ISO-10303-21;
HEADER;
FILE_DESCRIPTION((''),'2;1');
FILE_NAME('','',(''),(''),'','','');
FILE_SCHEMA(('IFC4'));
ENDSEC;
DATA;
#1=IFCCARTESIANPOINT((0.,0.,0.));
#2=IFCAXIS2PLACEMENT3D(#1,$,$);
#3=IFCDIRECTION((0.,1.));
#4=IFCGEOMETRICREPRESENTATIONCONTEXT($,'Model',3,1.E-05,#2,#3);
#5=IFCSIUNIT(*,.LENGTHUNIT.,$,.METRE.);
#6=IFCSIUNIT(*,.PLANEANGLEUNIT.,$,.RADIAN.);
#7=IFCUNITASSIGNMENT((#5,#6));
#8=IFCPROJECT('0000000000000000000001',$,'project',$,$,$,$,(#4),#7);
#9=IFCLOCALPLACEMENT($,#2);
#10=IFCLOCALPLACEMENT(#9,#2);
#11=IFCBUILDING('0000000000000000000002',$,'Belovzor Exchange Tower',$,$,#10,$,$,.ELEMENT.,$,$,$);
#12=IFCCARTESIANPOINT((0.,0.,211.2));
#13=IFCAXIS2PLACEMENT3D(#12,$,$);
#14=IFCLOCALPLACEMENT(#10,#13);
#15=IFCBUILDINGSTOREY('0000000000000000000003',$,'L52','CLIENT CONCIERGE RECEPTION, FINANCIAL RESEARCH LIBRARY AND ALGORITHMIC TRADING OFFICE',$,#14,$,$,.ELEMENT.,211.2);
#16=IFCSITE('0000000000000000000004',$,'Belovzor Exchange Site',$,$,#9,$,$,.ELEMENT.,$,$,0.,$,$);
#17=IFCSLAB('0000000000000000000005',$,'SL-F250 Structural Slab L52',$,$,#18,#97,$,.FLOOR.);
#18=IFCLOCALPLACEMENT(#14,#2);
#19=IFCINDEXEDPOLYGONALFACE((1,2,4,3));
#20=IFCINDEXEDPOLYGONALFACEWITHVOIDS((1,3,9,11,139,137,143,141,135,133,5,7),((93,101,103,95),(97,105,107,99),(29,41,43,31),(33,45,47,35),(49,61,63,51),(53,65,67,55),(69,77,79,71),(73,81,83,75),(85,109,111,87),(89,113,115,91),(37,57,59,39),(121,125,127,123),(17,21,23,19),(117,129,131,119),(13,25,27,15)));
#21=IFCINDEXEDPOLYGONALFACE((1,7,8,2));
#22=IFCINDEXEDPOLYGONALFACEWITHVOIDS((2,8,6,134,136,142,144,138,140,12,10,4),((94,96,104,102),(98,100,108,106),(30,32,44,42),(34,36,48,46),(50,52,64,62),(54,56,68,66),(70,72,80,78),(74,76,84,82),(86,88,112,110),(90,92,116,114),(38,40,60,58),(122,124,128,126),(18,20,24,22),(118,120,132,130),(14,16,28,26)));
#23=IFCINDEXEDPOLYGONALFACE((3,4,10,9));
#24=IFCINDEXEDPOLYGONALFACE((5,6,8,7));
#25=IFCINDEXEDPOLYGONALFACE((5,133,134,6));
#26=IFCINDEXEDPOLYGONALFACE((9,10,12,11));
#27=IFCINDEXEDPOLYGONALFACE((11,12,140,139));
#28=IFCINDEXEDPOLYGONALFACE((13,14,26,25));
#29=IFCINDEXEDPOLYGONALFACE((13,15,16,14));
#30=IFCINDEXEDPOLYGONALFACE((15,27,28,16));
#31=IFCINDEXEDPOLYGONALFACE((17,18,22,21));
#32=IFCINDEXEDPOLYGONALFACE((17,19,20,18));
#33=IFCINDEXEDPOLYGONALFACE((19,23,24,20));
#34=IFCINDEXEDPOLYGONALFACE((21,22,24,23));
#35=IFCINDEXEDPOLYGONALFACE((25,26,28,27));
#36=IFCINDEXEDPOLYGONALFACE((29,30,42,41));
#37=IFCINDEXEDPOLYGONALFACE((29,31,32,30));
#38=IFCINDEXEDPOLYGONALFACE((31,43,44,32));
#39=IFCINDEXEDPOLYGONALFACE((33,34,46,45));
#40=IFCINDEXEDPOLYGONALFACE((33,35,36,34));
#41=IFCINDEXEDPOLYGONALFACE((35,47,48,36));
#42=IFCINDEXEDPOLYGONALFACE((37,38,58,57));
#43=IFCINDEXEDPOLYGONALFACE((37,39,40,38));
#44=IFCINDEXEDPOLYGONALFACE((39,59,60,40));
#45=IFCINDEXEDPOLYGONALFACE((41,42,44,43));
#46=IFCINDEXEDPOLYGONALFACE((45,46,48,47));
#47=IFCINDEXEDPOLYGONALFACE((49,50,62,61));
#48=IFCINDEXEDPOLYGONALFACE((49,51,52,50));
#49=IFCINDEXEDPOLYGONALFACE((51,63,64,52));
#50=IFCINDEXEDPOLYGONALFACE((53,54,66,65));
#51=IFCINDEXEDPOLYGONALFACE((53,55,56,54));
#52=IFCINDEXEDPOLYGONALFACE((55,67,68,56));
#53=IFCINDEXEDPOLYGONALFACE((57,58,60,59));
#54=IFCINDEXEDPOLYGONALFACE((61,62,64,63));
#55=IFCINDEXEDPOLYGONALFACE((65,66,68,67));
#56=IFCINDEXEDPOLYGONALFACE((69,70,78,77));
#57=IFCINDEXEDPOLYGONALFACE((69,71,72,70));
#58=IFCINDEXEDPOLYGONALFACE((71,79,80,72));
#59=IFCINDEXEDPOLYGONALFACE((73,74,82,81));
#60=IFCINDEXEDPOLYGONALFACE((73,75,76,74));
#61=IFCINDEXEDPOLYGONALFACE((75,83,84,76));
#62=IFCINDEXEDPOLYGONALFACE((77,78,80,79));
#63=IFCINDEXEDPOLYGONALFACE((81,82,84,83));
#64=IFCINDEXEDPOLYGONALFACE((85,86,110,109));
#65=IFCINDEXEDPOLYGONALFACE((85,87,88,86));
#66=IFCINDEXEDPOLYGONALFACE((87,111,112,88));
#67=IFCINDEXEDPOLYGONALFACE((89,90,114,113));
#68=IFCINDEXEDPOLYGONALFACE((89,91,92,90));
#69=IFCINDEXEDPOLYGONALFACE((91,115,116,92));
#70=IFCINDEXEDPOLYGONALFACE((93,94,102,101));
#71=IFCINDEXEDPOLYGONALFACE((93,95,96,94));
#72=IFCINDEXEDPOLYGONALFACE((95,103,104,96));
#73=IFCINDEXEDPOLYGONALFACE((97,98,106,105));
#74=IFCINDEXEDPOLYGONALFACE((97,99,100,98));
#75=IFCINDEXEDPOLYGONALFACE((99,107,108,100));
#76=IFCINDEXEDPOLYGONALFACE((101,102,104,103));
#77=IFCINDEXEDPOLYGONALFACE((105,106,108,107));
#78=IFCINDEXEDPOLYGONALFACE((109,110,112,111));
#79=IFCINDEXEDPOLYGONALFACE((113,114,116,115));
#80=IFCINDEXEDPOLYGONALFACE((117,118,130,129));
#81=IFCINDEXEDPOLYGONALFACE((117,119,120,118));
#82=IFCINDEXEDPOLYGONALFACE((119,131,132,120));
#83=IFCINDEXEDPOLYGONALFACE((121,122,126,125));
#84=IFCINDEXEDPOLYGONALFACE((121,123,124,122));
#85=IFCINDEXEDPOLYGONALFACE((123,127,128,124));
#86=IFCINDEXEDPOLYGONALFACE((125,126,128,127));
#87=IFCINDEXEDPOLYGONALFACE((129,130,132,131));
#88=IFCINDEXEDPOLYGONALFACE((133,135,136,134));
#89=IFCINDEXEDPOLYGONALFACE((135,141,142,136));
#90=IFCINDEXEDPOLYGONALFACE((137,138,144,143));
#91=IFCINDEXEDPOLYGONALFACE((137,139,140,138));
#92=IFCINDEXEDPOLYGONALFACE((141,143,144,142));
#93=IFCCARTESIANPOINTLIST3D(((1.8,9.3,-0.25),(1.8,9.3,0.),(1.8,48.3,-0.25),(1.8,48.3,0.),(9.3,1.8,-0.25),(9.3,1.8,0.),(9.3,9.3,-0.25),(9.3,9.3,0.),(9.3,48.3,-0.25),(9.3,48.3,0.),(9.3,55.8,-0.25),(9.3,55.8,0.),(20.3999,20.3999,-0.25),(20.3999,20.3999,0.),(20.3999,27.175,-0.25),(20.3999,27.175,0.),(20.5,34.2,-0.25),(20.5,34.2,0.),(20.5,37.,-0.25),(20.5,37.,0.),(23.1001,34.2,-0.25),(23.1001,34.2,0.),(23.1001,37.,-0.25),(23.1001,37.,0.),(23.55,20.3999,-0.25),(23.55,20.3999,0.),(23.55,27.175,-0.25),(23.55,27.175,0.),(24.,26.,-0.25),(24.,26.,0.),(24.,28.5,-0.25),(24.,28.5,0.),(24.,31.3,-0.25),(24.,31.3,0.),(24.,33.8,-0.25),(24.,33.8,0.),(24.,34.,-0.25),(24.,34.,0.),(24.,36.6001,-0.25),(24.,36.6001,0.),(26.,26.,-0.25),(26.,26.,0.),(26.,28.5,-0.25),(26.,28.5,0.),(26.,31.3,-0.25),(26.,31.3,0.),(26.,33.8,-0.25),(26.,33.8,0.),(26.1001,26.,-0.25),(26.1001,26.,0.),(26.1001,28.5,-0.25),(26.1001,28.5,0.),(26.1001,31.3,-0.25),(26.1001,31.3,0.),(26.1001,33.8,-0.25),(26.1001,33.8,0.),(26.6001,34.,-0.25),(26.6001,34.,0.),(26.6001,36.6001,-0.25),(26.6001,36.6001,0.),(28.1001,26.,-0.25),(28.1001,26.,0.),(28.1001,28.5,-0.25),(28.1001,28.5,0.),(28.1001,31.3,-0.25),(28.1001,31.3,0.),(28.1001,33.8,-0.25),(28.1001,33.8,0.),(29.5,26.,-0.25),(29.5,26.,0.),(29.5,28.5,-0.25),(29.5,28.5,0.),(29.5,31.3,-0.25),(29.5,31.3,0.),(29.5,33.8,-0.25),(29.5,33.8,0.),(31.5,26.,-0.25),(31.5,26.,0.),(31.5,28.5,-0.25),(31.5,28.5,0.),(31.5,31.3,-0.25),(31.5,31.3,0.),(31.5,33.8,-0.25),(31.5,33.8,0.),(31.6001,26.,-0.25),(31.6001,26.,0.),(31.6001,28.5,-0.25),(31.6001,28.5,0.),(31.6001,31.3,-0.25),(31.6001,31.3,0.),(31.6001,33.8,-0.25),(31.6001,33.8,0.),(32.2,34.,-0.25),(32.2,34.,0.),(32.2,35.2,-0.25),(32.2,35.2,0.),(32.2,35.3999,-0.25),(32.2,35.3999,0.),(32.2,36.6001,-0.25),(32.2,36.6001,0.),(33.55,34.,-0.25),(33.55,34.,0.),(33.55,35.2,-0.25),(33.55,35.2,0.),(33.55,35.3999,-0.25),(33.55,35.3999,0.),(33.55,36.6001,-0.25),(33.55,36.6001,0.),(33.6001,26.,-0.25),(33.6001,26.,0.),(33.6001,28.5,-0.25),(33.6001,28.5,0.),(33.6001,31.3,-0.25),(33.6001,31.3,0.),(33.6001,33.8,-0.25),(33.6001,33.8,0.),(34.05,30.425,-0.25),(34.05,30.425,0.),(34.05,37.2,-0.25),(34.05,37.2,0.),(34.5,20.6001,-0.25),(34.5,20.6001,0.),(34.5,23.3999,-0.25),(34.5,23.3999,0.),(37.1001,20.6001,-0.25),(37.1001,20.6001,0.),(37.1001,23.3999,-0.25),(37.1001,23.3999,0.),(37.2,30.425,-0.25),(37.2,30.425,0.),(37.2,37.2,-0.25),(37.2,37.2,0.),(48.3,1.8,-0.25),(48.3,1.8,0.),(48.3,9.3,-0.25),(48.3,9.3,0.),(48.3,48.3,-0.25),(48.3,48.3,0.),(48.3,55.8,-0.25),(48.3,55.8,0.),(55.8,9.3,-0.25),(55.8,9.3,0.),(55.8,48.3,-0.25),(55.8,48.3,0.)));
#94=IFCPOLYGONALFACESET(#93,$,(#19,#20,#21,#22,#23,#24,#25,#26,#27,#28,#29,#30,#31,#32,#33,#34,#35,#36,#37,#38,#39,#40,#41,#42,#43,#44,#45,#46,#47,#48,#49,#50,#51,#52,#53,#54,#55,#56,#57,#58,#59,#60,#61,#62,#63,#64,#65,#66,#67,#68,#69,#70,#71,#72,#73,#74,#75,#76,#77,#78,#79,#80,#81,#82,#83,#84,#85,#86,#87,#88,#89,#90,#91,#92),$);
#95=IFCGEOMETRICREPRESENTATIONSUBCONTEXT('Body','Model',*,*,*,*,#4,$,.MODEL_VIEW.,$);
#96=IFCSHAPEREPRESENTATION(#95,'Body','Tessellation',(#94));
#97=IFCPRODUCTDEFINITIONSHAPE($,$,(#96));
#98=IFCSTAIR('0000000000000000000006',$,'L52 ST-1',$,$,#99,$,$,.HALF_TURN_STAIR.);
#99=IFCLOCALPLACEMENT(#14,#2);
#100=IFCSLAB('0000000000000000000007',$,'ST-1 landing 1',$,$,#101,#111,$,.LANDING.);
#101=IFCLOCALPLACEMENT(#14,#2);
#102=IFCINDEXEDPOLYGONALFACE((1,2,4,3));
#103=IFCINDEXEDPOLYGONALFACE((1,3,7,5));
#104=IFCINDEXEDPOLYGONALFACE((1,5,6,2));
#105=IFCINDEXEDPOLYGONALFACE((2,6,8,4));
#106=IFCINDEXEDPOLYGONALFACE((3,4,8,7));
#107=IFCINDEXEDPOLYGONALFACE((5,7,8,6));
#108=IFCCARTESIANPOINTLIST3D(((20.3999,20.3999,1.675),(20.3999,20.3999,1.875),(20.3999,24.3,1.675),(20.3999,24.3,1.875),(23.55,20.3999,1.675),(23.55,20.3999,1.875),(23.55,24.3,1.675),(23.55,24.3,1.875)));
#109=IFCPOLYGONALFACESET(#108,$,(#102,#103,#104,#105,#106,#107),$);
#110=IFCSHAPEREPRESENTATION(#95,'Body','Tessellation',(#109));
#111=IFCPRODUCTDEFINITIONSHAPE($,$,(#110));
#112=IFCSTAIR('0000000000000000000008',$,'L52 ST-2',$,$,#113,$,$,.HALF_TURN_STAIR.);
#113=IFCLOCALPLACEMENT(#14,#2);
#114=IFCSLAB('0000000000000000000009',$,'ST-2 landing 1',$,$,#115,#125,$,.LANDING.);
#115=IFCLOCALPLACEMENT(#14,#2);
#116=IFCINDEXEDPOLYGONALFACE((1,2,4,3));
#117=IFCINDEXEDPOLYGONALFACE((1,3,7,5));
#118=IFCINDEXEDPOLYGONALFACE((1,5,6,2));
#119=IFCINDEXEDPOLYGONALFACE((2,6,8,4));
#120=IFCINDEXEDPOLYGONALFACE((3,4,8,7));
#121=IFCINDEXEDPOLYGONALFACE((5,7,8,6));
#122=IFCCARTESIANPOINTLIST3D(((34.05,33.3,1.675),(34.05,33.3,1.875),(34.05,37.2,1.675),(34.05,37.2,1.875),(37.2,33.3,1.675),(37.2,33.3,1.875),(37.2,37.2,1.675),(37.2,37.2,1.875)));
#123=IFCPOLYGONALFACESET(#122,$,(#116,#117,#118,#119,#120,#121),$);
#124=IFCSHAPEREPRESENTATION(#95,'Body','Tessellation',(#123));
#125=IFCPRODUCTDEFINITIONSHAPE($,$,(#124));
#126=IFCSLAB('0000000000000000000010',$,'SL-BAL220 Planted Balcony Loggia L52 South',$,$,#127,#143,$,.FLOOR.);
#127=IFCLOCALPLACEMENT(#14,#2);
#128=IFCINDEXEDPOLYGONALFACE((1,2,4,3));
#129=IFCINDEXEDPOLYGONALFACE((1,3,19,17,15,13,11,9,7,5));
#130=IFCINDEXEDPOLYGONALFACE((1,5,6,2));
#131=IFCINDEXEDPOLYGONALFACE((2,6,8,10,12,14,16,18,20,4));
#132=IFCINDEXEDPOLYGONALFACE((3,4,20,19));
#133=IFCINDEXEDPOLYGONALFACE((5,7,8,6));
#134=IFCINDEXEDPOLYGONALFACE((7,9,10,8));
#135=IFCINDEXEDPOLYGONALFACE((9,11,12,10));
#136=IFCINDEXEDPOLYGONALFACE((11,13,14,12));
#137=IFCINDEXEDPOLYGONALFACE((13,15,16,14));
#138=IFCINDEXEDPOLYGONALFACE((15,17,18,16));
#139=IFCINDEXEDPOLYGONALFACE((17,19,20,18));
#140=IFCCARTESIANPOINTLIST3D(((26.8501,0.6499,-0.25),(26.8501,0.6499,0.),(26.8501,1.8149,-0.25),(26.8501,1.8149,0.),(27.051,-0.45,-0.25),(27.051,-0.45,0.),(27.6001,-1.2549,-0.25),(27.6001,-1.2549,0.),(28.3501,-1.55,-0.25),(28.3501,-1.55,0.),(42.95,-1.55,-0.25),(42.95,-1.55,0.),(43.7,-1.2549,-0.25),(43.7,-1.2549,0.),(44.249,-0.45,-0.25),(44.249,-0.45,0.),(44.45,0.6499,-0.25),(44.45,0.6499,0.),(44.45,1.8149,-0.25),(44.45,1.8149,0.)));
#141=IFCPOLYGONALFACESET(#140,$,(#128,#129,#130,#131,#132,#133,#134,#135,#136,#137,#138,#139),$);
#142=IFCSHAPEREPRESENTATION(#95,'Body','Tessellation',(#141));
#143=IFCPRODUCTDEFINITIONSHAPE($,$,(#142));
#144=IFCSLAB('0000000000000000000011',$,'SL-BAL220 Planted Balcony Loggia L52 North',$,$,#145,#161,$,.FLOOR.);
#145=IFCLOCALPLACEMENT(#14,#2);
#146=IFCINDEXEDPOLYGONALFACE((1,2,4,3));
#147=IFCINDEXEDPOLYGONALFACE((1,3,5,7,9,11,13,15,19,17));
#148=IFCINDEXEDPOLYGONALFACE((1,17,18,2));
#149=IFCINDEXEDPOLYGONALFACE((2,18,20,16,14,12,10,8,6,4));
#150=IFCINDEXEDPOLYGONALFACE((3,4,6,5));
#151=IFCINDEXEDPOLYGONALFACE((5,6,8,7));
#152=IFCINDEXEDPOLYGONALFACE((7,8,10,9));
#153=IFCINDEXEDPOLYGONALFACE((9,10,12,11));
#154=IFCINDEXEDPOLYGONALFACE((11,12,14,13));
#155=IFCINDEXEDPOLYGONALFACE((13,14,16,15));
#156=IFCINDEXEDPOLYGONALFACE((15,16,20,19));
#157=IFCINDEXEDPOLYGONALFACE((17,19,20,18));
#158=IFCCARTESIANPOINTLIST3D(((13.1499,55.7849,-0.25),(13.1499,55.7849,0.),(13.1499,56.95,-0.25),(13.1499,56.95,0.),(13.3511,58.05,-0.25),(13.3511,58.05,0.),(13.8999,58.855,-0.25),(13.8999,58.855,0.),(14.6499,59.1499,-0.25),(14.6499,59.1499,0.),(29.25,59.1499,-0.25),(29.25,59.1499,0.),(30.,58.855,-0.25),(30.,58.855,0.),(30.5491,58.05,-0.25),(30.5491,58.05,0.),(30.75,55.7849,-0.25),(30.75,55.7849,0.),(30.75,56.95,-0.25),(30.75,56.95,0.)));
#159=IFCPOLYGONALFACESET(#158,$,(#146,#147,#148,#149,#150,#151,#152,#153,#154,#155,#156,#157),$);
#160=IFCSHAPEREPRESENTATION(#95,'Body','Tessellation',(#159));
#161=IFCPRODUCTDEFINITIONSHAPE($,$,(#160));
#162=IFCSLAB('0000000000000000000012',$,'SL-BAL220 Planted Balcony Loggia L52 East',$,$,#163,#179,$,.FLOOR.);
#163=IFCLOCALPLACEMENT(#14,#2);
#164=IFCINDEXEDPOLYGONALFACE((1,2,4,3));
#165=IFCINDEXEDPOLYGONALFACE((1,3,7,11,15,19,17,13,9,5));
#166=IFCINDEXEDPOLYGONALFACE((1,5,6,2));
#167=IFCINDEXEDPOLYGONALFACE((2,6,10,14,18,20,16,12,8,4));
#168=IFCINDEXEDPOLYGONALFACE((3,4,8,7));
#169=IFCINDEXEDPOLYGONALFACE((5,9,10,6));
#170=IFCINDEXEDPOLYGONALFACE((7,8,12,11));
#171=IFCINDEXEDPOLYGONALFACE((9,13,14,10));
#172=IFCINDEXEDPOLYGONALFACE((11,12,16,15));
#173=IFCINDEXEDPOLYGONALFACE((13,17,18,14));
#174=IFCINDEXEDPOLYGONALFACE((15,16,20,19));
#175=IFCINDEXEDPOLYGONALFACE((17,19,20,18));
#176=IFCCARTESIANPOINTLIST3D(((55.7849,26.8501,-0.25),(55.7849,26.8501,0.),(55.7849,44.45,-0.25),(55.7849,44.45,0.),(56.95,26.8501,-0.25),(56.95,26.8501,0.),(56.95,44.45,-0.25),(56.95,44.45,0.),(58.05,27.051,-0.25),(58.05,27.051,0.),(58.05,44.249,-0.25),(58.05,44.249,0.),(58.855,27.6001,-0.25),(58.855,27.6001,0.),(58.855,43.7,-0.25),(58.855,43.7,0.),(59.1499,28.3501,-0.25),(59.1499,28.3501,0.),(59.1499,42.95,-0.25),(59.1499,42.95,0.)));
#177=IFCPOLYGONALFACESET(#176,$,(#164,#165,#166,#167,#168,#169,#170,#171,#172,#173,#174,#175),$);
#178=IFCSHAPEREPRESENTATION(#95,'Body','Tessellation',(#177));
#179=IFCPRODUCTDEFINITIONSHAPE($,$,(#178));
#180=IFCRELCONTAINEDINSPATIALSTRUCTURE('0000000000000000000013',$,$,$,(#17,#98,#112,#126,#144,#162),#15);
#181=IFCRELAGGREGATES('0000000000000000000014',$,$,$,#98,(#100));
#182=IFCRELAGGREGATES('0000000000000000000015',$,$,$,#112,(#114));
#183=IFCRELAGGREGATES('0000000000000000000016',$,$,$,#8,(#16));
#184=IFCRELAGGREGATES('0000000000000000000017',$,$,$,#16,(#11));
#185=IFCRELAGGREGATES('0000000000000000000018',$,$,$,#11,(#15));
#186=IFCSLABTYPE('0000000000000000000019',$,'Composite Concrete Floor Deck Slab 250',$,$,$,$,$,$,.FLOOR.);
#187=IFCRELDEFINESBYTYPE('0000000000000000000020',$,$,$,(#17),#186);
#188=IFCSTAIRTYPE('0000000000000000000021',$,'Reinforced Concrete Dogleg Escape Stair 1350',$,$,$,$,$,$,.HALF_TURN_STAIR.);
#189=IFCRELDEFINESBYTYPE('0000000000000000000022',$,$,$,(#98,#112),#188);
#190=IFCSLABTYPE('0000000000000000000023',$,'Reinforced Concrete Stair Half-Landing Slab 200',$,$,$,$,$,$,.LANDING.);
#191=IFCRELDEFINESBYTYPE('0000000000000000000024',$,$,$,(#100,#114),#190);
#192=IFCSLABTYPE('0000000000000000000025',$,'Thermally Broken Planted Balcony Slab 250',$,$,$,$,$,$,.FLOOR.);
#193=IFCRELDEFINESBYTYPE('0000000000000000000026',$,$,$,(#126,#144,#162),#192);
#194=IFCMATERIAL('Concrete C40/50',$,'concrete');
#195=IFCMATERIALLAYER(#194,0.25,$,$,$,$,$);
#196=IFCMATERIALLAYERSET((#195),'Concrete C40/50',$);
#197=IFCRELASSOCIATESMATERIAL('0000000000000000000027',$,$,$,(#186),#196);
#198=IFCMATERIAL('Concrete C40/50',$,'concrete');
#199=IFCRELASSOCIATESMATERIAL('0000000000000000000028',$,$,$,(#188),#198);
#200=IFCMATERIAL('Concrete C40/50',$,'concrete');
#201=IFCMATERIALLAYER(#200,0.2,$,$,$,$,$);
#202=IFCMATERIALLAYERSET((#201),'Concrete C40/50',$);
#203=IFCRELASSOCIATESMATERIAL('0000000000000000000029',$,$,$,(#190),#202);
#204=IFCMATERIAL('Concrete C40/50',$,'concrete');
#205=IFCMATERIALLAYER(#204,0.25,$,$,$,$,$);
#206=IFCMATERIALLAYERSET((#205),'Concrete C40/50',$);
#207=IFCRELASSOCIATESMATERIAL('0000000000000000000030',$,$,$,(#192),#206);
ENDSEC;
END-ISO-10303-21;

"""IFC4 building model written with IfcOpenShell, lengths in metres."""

from ifc_helpers import new_model, si_unit, direction, frame, origin, place, context, subcontext, project, spatial, polyline, outline, extrude, material, layer, layer_set, type_object, element, aggregate, save


model = new_model("IFC4")

# Units and contexts
model_context = context("Model", 3, precision=1e-05, world=origin(), true_north=direction((0.0, 1.0)))
body_context = subcontext(model_context, "Body", "Model", "MODEL_VIEW")
ifc_project = project(units=[si_unit("LENGTHUNIT", "METRE"), si_unit("PLANEANGLEUNIT", "RADIAN")], contexts=[model_context])

# Site, building, storey
site_placement = place(None, origin())
site = spatial("IfcSite", under=ifc_project, at=site_placement, Name="Belovzor Exchange Site", CompositionType="ELEMENT", RefElevation=0.0)
building_placement = place(site_placement, origin())
building = spatial("IfcBuilding", under=site, at=building_placement, Name="Belovzor Exchange Tower", CompositionType="ELEMENT")
storey_placement = place(building_placement, frame((0.0, 0.0, 211.2)))
storey = spatial("IfcBuildingStorey", under=building, at=storey_placement, Name="L52", Description="CLIENT CONCIERGE RECEPTION, FINANCIAL RESEARCH LIBRARY AND ALGORITHMIC TRADING OFFICE", CompositionType="ELEMENT", Elevation=211.2)

# Slab
ifc_material_1 = material(Name="Concrete C40/50", Category="concrete")
ifc_layer_1 = layer(ifc_material_1, 0.25)
ifc_layer_set_1 = layer_set([ifc_layer_1], Name="Concrete C40/50")
slab_type_1 = type_object("IfcSlabType", Name="Composite Concrete Floor Deck Slab 250", PredefinedType="FLOOR", material=ifc_layer_set_1)
slab_1_placement = place(storey_placement, frame((0.0, 0.0, -0.25)))
element("IfcSlab", 1, at=slab_1_placement, inside=storey, type_object=slab_type_1, Name="SL-F250 Structural Slab L52", PredefinedType="FLOOR", context=body_context, shape_type="SweptSolid", body=[
    extrude(outline(polyline([(9.3, 1.8), (48.3, 1.8), (48.3, 9.3), (55.8, 9.3), (55.8, 48.3), (48.3, 48.3), (48.3, 55.8), (9.3, 55.8), (9.3, 48.3), (1.8, 48.3), (1.8, 9.3), (9.3, 9.3), (9.3, 1.8)]), holes=[polyline([(20.3999, 27.175), (20.3999, 20.3999), (23.55, 20.3999), (23.55, 27.175), (20.3999, 27.175)]), polyline([(37.2, 30.425), (37.2, 37.2), (34.05, 37.2), (34.05, 30.425), (37.2, 30.425)]), polyline([(20.5, 34.2), (23.1001, 34.2), (23.1001, 37.0), (20.5, 37.0), (20.5, 34.2)]), polyline([(34.5, 20.6001), (37.1001, 20.6001), (37.1001, 23.3999), (34.5, 23.3999), (34.5, 20.6001)]), polyline([(24.0, 34.0), (26.6001, 34.0), (26.6001, 36.6001), (24.0, 36.6001), (24.0, 34.0)]), polyline([(24.0, 26.0), (26.0, 26.0), (26.0, 28.5), (24.0, 28.5), (24.0, 26.0)]), polyline([(26.1001, 26.0), (28.1001, 26.0), (28.1001, 28.5), (26.1001, 28.5), (26.1001, 26.0)]), polyline([(29.5, 26.0), (31.5, 26.0), (31.5, 28.5), (29.5, 28.5), (29.5, 26.0)]), polyline([(31.6001, 26.0), (33.6001, 26.0), (33.6001, 28.5), (31.6001, 28.5), (31.6001, 26.0)]), polyline([(24.0, 31.3), (26.0, 31.3), (26.0, 33.8), (24.0, 33.8), (24.0, 31.3)]), polyline([(26.1001, 31.3), (28.1001, 31.3), (28.1001, 33.8), (26.1001, 33.8), (26.1001, 31.3)]), polyline([(29.5, 31.3), (31.5, 31.3), (31.5, 33.8), (29.5, 33.8), (29.5, 31.3)]), polyline([(31.6001, 31.3), (33.6001, 31.3), (33.6001, 33.8), (31.6001, 33.8), (31.6001, 31.3)]), polyline([(32.2, 34.0), (33.55, 34.0), (33.55, 35.2), (32.2, 35.2), (32.2, 34.0)]), polyline([(32.2, 35.3999), (33.55, 35.3999), (33.55, 36.6001), (32.2, 36.6001), (32.2, 35.3999)])]), origin(), (0.0, 0.0, 1.0), 0.25),
])

# Stairs, slabs
ifc_material_2 = material(Name="Concrete C40/50", Category="concrete")
stair_type = type_object("IfcStairType", Name="Reinforced Concrete Dogleg Escape Stair 1350", PredefinedType="HALF_TURN_STAIR", material=ifc_material_2)
stair_1_placement = place(storey_placement, origin())
stair_1 = element("IfcStair", 2, at=stair_1_placement, inside=storey, type_object=stair_type, Name="L52 ST-1", PredefinedType="HALF_TURN_STAIR")
ifc_material_3 = material(Name="Concrete C40/50", Category="concrete")
ifc_layer_2 = layer(ifc_material_3, 0.2)
ifc_layer_set_2 = layer_set([ifc_layer_2], Name="Concrete C40/50")
slab_type_2 = type_object("IfcSlabType", Name="Reinforced Concrete Stair Half-Landing Slab 200", PredefinedType="LANDING", material=ifc_layer_set_2)
slab_2_placement = place(storey_placement, frame((0.0, 0.0, 1.675)))
slab_2 = element("IfcSlab", 3, at=slab_2_placement, type_object=slab_type_2, Name="ST-1 landing 1", PredefinedType="LANDING", context=body_context, shape_type="SweptSolid", body=[
    extrude(outline(polyline([(20.3999, 24.3), (20.3999, 20.3999), (23.55, 20.3999), (23.55, 24.3), (20.3999, 24.3)])), origin(), (0.0, 0.0, 1.0), 0.2),
])
aggregate(stair_1, [slab_2])
stair_2_placement = place(storey_placement, origin())
stair_2 = element("IfcStair", 4, at=stair_2_placement, inside=storey, type_object=stair_type, Name="L52 ST-2", PredefinedType="HALF_TURN_STAIR")
slab_3_placement = place(storey_placement, frame((0.0, 0.0, 1.675)))
slab_3 = element("IfcSlab", 5, at=slab_3_placement, type_object=slab_type_2, Name="ST-2 landing 1", PredefinedType="LANDING", context=body_context, shape_type="SweptSolid", body=[
    extrude(outline(polyline([(37.2, 33.3), (37.2, 37.2), (34.05, 37.2), (34.05, 33.3), (37.2, 33.3)])), origin(), (0.0, 0.0, 1.0), 0.2),
])
aggregate(stair_2, [slab_3])

# Slabs
ifc_material_4 = material(Name="Concrete C40/50", Category="concrete")
ifc_layer_3 = layer(ifc_material_4, 0.25)
ifc_layer_set_3 = layer_set([ifc_layer_3], Name="Concrete C40/50")
slab_type_3 = type_object("IfcSlabType", Name="Thermally Broken Planted Balcony Slab 250", PredefinedType="FLOOR", material=ifc_layer_set_3)
slab_4_placement = place(storey_placement, frame((0.0, 0.0, -0.25)))
element("IfcSlab", 6, at=slab_4_placement, inside=storey, type_object=slab_type_3, Name="SL-BAL220 Planted Balcony Loggia L52 South", PredefinedType="FLOOR", context=body_context, shape_type="SweptSolid", body=[
    extrude(outline(polyline([(26.8501, 1.8149), (26.8501, 0.6499), (27.051, -0.45), (27.6001, -1.2549), (28.3501, -1.55), (42.95, -1.55), (43.7, -1.2549), (44.249, -0.45), (44.45, 0.6499), (44.45, 1.8149), (26.8501, 1.8149)])), origin(), (0.0, 0.0, 1.0), 0.25),
])
slab_5_placement = place(storey_placement, frame((0.0, 0.0, -0.25)))
element("IfcSlab", 7, at=slab_5_placement, inside=storey, type_object=slab_type_3, Name="SL-BAL220 Planted Balcony Loggia L52 North", PredefinedType="FLOOR", context=body_context, shape_type="SweptSolid", body=[
    extrude(outline(polyline([(30.75, 55.7849), (30.75, 56.95), (30.5491, 58.05), (30.0, 58.855), (29.25, 59.1499), (14.6499, 59.1499), (13.8999, 58.855), (13.3511, 58.05), (13.1499, 56.95), (13.1499, 55.7849), (30.75, 55.7849)])), origin(), (0.0, 0.0, 1.0), 0.25),
])
slab_6_placement = place(storey_placement, frame((0.0, 0.0, -0.25)))
element("IfcSlab", 8, at=slab_6_placement, inside=storey, type_object=slab_type_3, Name="SL-BAL220 Planted Balcony Loggia L52 East", PredefinedType="FLOOR", context=body_context, shape_type="SweptSolid", body=[
    extrude(outline(polyline([(55.7849, 26.8501), (56.95, 26.8501), (58.05, 27.051), (58.855, 27.6001), (59.1499, 28.3501), (59.1499, 42.95), (58.855, 43.7), (58.05, 44.249), (56.95, 44.45), (55.7849, 44.45), (55.7849, 26.8501)])), origin(), (0.0, 0.0, 1.0), 0.25),
])

save(model, "model.ifc")
